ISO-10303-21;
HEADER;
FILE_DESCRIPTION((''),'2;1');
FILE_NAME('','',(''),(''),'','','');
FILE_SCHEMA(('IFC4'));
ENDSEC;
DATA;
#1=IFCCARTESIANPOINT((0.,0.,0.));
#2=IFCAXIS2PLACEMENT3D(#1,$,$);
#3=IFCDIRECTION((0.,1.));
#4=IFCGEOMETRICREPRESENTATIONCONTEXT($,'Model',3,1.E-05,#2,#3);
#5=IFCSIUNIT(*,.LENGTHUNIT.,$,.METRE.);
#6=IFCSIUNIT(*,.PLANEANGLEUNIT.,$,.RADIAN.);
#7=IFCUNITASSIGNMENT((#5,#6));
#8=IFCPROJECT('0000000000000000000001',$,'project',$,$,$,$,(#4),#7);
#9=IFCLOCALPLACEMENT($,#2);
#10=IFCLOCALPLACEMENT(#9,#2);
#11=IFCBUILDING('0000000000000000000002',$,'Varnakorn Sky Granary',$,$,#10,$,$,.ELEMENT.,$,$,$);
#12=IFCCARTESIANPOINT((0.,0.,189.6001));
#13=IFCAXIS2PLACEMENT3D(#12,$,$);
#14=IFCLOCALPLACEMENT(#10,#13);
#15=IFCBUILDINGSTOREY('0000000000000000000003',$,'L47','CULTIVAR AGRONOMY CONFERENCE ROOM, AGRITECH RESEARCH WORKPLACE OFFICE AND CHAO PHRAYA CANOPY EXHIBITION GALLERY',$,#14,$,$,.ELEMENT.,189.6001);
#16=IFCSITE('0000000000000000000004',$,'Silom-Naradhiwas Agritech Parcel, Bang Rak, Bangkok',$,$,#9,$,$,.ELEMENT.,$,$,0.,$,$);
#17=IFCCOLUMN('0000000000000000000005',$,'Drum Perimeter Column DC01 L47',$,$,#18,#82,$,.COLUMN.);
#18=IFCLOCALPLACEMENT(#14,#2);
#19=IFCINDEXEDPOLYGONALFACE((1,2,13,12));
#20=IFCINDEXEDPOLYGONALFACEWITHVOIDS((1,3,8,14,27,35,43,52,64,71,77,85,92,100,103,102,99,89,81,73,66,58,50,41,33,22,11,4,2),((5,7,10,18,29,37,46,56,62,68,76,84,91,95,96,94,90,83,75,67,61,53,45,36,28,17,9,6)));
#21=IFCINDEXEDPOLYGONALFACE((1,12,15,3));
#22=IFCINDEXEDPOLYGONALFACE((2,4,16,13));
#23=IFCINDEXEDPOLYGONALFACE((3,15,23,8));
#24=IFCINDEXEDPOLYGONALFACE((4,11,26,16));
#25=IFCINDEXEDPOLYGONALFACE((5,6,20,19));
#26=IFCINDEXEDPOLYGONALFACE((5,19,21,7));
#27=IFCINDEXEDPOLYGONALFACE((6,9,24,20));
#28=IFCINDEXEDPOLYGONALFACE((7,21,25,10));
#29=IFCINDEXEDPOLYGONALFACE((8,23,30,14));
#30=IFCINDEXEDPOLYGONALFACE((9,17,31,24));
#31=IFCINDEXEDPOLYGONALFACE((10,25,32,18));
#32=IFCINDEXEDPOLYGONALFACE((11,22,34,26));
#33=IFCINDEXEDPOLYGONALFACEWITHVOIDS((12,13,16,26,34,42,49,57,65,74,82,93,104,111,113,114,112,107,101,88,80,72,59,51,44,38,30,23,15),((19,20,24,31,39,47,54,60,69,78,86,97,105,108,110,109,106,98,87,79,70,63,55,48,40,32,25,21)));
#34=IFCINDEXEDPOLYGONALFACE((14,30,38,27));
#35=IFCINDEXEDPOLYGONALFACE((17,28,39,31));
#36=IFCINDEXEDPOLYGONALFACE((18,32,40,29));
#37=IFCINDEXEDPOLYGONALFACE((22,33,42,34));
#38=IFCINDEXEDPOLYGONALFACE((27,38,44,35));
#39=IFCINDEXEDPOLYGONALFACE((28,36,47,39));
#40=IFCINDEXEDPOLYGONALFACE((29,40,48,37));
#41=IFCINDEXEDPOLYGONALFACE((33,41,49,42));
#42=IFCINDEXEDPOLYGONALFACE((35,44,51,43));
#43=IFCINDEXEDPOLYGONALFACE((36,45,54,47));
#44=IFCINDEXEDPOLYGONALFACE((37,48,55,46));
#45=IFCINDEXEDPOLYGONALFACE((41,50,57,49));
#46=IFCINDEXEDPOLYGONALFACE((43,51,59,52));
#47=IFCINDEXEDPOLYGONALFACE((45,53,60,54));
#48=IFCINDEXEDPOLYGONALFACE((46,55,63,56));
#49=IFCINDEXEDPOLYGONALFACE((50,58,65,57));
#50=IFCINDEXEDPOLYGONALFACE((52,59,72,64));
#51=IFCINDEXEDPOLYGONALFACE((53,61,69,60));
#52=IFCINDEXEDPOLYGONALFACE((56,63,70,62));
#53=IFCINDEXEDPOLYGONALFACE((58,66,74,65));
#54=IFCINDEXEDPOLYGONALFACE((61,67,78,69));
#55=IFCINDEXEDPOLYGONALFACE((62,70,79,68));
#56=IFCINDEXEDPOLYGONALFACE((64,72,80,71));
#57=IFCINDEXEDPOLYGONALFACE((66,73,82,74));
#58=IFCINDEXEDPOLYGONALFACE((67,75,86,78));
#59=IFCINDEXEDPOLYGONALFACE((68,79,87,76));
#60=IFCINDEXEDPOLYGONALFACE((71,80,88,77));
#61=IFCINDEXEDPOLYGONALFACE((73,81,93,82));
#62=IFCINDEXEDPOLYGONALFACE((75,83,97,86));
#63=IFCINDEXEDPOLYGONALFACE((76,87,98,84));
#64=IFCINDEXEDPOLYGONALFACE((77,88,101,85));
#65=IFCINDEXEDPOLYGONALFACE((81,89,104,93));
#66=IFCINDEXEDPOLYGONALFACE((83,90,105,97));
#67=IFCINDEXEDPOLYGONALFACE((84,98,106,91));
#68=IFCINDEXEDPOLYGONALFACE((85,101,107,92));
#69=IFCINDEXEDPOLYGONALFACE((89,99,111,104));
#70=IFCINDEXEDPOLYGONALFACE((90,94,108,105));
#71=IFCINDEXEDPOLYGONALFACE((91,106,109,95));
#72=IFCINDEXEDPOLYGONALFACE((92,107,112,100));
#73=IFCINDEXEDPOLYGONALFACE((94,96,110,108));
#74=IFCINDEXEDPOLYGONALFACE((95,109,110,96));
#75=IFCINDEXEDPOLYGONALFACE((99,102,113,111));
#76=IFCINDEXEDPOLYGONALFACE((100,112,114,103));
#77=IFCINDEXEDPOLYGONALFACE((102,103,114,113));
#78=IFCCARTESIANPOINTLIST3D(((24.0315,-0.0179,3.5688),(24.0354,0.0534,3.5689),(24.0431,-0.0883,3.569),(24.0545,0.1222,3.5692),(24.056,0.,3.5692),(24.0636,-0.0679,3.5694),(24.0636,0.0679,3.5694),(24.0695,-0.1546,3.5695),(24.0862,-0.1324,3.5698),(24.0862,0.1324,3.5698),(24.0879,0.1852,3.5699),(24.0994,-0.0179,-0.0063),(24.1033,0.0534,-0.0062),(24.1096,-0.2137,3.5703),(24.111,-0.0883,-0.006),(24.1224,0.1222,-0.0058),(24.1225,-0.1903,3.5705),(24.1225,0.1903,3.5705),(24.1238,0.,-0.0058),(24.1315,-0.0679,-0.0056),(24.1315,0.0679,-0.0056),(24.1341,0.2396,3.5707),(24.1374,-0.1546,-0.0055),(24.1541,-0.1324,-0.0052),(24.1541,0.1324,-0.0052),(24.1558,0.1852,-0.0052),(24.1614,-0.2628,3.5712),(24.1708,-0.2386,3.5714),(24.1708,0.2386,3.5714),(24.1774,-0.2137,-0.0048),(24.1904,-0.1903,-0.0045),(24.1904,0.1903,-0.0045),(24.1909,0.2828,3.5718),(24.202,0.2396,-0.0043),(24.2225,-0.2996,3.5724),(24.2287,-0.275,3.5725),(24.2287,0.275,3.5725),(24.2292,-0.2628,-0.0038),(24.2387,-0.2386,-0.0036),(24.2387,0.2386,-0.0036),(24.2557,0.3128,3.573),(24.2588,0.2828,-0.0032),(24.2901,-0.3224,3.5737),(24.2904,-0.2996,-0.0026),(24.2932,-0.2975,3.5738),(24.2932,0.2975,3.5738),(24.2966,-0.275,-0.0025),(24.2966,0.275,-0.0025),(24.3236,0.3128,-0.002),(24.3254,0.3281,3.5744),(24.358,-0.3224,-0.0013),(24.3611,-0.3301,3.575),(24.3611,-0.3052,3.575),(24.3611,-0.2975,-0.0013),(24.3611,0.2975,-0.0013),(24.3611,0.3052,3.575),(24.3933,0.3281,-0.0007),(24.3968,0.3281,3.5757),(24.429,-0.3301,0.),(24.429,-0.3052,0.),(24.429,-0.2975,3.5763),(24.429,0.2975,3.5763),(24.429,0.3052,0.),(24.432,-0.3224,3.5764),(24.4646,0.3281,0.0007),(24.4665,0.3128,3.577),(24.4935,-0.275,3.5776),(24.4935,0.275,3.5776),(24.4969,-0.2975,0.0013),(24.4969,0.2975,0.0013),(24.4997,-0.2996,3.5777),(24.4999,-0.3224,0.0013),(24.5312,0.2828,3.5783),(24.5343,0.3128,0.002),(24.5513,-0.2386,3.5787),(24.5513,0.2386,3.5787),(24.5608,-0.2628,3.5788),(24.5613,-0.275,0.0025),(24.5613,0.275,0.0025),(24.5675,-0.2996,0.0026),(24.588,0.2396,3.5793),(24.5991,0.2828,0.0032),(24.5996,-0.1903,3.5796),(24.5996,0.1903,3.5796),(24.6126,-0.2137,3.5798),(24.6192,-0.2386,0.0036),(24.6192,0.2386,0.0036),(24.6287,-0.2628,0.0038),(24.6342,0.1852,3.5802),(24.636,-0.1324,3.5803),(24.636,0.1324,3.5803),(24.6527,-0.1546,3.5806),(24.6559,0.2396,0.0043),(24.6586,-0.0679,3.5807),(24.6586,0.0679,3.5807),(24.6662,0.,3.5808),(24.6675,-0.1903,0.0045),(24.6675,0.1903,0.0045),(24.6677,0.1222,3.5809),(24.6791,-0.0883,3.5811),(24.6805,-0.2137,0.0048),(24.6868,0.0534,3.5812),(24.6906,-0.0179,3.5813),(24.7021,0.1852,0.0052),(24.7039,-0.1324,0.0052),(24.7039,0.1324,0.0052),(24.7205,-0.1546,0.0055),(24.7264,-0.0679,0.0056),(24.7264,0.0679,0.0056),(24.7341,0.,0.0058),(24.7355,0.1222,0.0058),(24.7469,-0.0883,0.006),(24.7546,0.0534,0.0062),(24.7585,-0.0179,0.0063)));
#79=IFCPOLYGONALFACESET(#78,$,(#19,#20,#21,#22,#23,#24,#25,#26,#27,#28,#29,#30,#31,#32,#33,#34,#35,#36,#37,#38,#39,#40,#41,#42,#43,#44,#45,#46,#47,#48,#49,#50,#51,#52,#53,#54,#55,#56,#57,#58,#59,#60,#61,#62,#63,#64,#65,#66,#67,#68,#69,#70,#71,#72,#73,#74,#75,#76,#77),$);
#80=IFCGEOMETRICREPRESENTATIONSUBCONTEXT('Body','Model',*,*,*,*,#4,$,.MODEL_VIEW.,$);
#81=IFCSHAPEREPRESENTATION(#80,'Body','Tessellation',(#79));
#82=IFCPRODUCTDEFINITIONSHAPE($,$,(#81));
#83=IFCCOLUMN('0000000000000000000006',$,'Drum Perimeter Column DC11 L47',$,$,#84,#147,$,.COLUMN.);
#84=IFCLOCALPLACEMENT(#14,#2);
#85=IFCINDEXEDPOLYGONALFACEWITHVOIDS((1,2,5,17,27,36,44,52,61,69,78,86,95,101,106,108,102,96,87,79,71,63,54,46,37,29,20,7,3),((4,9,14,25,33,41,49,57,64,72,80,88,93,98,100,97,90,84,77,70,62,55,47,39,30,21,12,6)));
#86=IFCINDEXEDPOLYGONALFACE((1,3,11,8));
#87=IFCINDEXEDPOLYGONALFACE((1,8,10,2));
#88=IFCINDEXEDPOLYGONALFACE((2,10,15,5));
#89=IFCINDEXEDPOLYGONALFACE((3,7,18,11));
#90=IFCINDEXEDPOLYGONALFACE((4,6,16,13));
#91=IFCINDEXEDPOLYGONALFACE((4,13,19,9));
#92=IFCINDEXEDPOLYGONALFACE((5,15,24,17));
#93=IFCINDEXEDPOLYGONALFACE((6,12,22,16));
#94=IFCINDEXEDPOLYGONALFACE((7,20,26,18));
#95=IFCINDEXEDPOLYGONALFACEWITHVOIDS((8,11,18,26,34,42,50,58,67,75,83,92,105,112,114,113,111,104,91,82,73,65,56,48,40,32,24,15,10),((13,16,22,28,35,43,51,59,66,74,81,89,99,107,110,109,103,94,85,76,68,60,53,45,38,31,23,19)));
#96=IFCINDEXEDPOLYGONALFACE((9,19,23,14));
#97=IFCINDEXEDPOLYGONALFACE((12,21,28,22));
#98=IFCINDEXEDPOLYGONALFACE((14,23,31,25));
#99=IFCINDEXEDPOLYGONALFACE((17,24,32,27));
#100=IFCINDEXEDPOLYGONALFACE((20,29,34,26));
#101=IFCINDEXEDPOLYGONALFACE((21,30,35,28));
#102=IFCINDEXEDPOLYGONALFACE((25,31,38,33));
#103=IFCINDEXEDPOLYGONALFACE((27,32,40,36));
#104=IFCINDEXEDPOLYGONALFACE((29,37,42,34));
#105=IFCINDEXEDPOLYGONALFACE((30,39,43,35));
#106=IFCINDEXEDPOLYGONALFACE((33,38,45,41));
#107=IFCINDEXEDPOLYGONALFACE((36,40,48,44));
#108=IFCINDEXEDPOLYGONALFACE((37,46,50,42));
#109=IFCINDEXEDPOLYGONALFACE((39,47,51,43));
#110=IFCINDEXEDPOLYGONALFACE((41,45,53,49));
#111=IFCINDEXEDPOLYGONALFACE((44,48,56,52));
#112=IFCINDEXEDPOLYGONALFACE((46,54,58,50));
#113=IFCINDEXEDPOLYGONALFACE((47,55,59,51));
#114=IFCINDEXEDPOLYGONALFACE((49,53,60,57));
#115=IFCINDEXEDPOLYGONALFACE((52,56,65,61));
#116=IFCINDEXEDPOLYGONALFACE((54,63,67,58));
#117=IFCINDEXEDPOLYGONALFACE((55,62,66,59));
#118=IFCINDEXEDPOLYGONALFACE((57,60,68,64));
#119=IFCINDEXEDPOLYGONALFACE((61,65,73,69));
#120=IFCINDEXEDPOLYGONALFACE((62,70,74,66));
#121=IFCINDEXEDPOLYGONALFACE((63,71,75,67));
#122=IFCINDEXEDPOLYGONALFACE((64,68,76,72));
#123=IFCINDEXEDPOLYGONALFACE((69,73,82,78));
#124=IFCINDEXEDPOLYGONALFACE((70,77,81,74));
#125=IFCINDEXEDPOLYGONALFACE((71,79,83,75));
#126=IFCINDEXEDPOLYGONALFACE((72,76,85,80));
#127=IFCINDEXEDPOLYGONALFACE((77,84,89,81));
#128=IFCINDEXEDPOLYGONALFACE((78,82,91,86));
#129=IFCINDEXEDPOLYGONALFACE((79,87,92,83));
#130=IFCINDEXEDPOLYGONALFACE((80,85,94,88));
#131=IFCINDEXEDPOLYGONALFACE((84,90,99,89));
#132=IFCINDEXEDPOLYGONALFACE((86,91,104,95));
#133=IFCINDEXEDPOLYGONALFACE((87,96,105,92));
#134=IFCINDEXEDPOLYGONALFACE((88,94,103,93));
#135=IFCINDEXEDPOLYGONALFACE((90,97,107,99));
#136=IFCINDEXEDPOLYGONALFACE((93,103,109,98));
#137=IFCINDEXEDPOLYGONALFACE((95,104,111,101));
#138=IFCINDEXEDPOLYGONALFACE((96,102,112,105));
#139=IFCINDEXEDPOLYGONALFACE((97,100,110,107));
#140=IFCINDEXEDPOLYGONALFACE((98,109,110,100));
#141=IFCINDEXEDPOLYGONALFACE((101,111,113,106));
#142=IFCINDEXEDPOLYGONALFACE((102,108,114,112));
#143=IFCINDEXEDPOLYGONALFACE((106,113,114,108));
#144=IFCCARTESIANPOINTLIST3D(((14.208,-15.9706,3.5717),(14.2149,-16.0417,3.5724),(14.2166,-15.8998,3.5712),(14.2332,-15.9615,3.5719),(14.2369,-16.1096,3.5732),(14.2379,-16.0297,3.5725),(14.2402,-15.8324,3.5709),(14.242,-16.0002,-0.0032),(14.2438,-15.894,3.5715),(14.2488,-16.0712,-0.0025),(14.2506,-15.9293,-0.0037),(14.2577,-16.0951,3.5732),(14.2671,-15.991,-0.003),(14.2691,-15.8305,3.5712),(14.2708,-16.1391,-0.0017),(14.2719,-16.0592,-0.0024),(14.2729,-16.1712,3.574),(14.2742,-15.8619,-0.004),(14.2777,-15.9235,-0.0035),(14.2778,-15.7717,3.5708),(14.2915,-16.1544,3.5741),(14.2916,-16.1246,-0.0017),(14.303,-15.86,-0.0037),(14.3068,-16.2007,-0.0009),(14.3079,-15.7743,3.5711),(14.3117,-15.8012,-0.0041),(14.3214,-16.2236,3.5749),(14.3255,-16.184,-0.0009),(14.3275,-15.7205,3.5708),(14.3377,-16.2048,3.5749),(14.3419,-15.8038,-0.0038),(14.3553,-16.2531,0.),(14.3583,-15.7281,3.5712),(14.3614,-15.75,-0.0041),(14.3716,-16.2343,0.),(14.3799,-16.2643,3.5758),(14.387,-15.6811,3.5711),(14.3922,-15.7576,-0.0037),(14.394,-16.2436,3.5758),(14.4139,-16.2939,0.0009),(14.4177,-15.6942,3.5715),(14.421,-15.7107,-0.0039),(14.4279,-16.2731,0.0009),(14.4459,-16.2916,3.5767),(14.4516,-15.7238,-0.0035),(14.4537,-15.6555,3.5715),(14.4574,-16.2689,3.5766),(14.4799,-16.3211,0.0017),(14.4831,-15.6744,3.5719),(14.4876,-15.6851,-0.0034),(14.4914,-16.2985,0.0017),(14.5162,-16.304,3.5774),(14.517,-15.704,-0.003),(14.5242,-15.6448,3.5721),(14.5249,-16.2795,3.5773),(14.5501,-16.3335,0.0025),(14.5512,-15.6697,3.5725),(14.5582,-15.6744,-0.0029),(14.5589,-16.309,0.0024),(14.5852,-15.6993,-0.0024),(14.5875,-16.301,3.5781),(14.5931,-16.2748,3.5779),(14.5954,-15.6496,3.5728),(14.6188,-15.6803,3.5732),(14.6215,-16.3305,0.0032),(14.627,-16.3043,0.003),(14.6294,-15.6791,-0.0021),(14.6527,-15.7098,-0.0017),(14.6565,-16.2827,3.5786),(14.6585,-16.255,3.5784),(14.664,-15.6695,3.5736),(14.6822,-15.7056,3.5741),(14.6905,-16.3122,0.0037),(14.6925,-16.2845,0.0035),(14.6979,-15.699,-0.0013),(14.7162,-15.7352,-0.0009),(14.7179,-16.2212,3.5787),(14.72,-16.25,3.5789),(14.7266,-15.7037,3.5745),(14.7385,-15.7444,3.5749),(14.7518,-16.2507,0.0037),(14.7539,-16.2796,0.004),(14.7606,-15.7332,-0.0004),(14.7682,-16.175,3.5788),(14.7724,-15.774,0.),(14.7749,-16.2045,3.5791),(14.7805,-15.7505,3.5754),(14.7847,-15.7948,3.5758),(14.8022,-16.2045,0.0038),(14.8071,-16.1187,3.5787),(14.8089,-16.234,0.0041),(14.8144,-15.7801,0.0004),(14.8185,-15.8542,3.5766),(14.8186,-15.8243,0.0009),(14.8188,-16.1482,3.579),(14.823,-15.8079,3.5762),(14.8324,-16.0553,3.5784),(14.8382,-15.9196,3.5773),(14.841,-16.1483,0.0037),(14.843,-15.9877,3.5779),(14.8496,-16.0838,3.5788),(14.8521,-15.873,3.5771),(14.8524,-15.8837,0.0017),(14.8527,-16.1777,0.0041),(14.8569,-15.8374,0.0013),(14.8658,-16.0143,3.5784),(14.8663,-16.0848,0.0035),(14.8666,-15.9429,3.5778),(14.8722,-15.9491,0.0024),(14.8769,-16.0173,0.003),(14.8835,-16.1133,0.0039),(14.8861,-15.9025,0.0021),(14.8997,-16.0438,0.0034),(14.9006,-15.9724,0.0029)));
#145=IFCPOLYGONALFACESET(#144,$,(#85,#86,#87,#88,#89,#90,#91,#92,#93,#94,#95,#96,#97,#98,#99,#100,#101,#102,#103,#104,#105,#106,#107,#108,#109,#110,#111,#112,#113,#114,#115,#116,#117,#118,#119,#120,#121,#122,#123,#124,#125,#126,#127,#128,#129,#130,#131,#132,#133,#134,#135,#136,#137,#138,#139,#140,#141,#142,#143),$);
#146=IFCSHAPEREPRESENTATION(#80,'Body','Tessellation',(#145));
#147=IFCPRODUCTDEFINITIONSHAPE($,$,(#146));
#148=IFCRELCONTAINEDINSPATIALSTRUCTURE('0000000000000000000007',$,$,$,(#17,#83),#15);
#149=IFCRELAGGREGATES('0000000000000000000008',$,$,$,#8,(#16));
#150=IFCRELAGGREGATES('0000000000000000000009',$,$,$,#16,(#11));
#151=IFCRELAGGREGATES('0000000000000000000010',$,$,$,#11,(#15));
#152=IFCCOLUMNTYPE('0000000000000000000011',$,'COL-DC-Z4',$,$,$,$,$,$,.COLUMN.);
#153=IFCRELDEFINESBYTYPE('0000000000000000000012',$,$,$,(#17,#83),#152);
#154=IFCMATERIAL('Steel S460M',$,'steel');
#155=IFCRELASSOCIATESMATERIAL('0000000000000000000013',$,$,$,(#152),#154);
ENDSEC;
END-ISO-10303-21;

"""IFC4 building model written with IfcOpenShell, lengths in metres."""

from ifc_helpers import new_model, si_unit, direction, frame, origin, origin_2d, place, context, subcontext, project, spatial, hollow_circle, extrude, material, material_profile, profile_set, type_object, element, save


model = new_model("IFC4")

# Units and contexts
model_context = context("Model", 3, precision=1e-05, world=origin(), true_north=direction((0.0, 1.0)))
body_context = subcontext(model_context, "Body", "Model", "MODEL_VIEW")
ifc_project = project(units=[si_unit("LENGTHUNIT", "METRE"), si_unit("PLANEANGLEUNIT", "RADIAN")], contexts=[model_context])

# Site, building, storey
site_placement = place(None, origin())
site = spatial("IfcSite", under=ifc_project, at=site_placement, Name="Silom-Naradhiwas Agritech Parcel, Bang Rak, Bangkok", CompositionType="ELEMENT", RefElevation=0.0)
building_placement = place(site_placement, origin())
building = spatial("IfcBuilding", under=site, at=building_placement, Name="Varnakorn Sky Granary", CompositionType="ELEMENT")
storey_placement = place(building_placement, frame((0.0, 0.0, 189.6001)))
storey = spatial("IfcBuildingStorey", under=building, at=storey_placement, Name="L47", Description="CULTIVAR AGRONOMY CONFERENCE ROOM, AGRITECH RESEARCH WORKPLACE OFFICE AND CHAO PHRAYA CANOPY EXHIBITION GALLERY", CompositionType="ELEMENT", Elevation=189.6001)

# Columns
ifc_material_1 = material(Name="Steel S460M", Category="steel")
ifc_material_profile_1 = material_profile(ifc_material_1, hollow_circle(Radius=0.3301, WallThickness=0.0249, at=origin_2d()), Name="CHS 660x25")
ifc_profile_set_1 = profile_set([ifc_material_profile_1], Name="Steel S460M")
column_type = type_object("IfcColumnType", Name="COL-DC-Z4", PredefinedType="COLUMN", material=ifc_profile_set_1)
column_1_placement = place(storey_placement, frame((24.429, 0.0, 0.0), z_axis=(-0.018982, 0.0, 0.99982), x_axis=(0.0, -1.0, 0.0)))
element("IfcColumn", 1, at=column_1_placement, inside=storey, type_object=column_type, Name="Drum Perimeter Column DC01 L47", PredefinedType="COLUMN", context=body_context, shape_type="SweptSolid", body=[
    extrude(hollow_circle(Radius=0.3301, WallThickness=0.0249, at=origin_2d()), origin(), (0.0, 0.0, 1.0), 3.5757),
])
column_2_placement = place(storey_placement, frame((14.572, -16.0042, 0.0), z_axis=(-0.009492, 0.008263, 0.999921), x_axis=(-0.656582, -0.754255, 0.0)))
element("IfcColumn", 2, at=column_2_placement, inside=storey, type_object=column_type, Name="Drum Perimeter Column DC11 L47", PredefinedType="COLUMN", context=body_context, shape_type="SweptSolid", body=[
    extrude(hollow_circle(Radius=0.3301, WallThickness=0.0249, at=origin_2d()), origin(), (0.0, 0.0, 1.0), 3.5752),
])

save(model, "model.ifc")
